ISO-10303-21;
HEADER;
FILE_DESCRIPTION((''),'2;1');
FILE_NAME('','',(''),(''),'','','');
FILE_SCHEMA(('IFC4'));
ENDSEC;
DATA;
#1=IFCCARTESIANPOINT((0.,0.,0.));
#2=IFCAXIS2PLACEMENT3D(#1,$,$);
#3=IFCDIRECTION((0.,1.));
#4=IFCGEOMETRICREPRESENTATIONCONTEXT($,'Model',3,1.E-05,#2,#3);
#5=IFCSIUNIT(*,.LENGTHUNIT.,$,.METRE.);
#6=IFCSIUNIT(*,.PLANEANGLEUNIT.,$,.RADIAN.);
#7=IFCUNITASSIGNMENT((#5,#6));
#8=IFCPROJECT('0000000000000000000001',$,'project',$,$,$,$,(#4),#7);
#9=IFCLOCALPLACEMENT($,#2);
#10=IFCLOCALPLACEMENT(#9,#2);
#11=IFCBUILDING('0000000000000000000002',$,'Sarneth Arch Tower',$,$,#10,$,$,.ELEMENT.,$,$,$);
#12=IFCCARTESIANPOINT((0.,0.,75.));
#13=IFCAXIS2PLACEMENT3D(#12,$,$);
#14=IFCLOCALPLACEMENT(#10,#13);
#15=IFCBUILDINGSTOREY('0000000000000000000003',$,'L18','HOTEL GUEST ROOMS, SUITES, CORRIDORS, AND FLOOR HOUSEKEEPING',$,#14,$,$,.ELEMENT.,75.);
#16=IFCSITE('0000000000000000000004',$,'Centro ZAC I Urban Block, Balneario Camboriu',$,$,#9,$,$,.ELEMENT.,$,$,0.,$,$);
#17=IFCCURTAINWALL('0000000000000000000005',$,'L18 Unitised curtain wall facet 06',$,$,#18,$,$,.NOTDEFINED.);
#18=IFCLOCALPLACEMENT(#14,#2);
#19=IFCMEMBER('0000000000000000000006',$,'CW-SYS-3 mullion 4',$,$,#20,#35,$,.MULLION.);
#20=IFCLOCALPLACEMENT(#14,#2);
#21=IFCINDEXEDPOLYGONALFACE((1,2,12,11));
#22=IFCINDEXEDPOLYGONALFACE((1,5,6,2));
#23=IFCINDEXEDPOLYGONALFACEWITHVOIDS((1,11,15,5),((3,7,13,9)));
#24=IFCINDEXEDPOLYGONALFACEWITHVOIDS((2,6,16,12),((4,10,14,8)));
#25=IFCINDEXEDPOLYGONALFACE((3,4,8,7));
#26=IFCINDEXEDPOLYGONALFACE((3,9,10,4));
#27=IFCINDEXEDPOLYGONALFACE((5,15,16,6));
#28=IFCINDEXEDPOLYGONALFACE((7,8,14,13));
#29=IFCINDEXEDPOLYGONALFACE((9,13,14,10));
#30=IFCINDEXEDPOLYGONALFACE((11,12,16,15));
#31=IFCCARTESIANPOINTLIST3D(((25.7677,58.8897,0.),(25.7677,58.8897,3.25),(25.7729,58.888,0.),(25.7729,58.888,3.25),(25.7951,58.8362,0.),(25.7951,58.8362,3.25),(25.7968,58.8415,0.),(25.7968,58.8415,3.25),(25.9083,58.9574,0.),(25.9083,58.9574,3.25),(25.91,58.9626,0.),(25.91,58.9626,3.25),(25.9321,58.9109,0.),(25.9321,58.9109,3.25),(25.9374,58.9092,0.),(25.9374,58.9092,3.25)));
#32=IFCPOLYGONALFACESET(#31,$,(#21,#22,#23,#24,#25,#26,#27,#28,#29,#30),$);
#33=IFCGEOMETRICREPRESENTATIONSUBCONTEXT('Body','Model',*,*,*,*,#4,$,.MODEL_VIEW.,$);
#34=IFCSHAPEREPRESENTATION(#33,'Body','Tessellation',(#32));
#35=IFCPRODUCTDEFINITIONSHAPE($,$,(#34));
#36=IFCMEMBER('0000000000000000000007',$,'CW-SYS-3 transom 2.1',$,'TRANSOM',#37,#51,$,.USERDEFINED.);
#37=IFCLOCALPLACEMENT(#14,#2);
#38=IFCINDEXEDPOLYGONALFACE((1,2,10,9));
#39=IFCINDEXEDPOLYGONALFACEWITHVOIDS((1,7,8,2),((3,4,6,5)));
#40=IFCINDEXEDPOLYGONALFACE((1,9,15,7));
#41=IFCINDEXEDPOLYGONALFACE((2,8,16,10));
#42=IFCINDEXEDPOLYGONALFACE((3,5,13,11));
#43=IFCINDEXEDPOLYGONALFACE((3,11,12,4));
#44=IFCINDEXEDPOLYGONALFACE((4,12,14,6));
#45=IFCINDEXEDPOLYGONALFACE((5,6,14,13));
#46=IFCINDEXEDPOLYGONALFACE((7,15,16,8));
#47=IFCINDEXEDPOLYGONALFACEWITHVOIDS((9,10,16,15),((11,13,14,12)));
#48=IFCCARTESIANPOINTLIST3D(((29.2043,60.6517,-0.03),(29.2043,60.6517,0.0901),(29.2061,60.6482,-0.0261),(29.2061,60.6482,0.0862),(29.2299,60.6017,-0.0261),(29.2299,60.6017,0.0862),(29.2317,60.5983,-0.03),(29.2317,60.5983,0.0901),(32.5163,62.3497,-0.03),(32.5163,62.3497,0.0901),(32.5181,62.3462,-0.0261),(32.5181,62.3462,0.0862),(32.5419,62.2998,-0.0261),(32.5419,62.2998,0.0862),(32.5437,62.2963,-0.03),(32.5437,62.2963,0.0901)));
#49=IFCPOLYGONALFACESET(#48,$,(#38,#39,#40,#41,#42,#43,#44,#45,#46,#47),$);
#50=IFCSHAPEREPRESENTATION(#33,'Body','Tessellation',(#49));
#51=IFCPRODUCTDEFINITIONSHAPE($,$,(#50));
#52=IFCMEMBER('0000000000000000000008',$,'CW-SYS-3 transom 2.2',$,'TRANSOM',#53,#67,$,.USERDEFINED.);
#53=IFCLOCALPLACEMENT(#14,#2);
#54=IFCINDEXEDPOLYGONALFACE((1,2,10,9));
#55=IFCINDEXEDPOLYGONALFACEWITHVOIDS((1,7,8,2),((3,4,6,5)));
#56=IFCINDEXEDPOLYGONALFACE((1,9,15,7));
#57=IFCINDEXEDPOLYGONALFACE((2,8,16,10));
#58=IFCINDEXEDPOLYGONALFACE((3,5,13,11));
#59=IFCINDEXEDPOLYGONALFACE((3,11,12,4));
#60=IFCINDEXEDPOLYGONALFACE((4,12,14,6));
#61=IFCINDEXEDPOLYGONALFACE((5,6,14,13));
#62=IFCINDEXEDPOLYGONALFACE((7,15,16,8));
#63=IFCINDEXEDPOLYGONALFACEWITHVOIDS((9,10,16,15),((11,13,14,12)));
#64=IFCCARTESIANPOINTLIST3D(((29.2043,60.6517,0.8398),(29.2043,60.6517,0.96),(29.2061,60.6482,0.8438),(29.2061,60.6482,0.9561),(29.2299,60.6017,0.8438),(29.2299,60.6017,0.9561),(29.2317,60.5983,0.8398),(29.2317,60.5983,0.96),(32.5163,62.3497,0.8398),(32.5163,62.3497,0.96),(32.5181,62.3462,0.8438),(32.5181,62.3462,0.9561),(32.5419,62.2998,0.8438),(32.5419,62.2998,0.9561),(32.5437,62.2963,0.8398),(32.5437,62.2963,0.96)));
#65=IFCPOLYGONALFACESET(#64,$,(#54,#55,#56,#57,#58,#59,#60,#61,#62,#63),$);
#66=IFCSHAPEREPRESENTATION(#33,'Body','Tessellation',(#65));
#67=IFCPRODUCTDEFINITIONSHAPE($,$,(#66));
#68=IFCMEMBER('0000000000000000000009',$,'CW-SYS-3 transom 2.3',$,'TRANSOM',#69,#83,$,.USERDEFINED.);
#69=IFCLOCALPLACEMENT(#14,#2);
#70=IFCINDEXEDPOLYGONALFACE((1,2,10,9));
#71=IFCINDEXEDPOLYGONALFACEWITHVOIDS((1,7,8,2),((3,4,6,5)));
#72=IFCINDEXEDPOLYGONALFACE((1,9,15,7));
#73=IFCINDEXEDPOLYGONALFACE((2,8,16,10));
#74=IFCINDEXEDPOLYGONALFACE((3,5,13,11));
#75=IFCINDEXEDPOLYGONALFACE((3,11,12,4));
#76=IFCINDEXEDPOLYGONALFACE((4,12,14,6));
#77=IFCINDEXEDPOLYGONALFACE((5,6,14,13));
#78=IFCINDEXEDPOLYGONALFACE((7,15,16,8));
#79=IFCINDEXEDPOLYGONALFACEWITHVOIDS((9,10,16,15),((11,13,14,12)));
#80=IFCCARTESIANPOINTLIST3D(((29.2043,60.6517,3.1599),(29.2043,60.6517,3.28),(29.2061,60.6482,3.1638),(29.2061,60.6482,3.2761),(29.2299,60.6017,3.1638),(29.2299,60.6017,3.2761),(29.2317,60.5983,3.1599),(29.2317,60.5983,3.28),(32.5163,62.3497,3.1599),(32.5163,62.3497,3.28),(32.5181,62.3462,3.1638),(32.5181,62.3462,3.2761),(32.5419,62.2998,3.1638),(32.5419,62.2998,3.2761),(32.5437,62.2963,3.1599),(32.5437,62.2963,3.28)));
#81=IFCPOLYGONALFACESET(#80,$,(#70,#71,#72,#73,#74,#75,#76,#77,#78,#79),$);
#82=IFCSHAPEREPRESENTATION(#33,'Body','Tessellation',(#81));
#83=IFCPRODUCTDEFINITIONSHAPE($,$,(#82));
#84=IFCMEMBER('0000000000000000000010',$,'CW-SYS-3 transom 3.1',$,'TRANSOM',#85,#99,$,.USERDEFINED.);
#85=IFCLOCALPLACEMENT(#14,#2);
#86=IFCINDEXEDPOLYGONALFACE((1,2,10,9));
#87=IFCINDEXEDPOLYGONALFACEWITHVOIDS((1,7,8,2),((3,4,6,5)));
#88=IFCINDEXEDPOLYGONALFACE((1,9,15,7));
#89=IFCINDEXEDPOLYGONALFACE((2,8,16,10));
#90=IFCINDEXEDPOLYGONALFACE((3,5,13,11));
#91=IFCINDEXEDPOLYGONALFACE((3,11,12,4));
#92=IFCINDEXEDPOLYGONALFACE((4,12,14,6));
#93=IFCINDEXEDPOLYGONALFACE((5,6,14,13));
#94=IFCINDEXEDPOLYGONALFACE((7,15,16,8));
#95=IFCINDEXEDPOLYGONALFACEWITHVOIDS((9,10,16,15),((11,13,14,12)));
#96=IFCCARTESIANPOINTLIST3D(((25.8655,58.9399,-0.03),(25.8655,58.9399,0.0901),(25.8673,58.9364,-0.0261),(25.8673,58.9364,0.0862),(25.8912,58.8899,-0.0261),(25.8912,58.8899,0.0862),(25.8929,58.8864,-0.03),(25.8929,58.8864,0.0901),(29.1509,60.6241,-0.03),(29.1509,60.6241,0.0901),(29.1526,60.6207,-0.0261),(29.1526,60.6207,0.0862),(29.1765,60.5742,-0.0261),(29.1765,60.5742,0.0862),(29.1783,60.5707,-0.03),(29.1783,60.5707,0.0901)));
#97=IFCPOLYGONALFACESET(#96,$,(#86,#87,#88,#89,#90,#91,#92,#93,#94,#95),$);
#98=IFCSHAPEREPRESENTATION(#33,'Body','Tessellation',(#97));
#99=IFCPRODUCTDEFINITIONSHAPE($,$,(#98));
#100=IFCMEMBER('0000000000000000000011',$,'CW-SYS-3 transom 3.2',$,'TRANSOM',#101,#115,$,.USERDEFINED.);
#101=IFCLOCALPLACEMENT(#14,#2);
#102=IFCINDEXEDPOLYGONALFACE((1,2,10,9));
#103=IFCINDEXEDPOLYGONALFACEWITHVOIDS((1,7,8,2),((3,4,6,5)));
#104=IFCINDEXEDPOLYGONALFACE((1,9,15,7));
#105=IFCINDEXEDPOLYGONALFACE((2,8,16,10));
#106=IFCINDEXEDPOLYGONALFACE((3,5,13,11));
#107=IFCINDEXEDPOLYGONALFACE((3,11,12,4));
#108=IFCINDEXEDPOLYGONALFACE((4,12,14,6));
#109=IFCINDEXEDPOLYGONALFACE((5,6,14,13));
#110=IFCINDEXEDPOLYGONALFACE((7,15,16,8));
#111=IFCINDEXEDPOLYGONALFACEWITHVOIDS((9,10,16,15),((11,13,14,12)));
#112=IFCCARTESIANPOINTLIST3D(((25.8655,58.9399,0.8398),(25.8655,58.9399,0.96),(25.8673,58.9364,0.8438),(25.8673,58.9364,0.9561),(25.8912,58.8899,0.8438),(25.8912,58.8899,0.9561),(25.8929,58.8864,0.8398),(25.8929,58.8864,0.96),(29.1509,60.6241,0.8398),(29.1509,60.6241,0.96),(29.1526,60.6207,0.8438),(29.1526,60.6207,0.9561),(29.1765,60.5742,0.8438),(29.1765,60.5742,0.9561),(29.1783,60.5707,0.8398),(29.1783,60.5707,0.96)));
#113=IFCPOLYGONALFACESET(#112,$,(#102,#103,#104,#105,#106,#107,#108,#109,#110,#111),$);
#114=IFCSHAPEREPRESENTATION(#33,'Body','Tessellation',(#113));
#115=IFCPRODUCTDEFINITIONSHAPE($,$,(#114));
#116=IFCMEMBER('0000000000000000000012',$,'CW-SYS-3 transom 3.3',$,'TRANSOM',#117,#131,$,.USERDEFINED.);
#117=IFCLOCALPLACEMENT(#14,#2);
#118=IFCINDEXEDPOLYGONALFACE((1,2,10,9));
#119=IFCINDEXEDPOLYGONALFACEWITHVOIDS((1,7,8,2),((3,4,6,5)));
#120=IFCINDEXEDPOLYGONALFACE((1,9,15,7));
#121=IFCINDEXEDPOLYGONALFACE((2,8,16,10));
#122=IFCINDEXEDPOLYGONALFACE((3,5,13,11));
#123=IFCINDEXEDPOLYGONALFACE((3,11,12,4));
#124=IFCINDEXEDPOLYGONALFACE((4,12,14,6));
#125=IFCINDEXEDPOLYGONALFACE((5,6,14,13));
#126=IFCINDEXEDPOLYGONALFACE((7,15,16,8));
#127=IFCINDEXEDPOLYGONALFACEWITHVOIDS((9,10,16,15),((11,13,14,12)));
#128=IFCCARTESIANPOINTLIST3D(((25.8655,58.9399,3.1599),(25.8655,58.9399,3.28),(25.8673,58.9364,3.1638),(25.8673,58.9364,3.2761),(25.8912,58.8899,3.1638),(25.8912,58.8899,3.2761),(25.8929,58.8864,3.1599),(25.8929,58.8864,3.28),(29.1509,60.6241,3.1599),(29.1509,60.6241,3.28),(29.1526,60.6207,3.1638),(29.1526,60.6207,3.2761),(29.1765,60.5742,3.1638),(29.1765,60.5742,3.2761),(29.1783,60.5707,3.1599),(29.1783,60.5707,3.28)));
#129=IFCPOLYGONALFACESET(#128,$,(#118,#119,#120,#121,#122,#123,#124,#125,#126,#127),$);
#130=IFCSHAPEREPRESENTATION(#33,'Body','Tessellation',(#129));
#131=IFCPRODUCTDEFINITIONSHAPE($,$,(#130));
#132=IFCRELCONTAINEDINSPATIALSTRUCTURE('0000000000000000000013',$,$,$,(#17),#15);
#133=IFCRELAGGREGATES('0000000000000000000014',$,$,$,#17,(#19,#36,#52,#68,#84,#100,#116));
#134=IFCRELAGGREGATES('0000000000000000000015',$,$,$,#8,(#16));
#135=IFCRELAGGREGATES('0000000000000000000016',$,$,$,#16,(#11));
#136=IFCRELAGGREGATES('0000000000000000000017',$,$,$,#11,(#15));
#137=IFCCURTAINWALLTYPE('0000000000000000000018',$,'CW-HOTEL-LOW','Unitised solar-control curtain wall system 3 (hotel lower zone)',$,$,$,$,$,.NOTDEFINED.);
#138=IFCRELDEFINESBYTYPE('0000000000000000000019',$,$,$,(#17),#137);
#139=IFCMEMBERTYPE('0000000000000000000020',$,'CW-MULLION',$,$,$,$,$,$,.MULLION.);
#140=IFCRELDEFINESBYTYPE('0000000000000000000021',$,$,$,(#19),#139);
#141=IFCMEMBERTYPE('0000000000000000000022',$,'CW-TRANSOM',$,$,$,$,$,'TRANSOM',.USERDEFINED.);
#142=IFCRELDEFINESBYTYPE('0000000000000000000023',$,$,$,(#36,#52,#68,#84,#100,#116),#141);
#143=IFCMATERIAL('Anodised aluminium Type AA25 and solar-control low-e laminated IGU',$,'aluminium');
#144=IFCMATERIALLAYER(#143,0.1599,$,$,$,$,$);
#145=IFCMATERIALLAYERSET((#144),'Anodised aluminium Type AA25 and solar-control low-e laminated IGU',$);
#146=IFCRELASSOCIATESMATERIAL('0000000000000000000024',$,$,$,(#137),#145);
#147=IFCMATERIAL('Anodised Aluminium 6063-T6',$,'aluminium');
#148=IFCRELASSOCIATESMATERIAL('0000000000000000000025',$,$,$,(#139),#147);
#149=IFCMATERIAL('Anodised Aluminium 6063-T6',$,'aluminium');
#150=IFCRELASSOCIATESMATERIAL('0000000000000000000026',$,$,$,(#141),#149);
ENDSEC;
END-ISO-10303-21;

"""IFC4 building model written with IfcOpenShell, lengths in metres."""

from ifc_helpers import new_model, si_unit, direction, frame, origin, origin_2d, place, context, subcontext, project, spatial, hollow_rectangle, extrude, material, layer, layer_set, material_profile, profile_set, type_object, element, aggregate, save


model = new_model("IFC4")

# Units and contexts
model_context = context("Model", 3, precision=1e-05, world=origin(), true_north=direction((0.0, 1.0)))
body_context = subcontext(model_context, "Body", "Model", "MODEL_VIEW")
ifc_project = project(units=[si_unit("LENGTHUNIT", "METRE"), si_unit("PLANEANGLEUNIT", "RADIAN")], contexts=[model_context])

# Site, building, storey
site_placement = place(None, origin())
site = spatial("IfcSite", under=ifc_project, at=site_placement, Name="Centro ZAC I Urban Block, Balneario Camboriu", CompositionType="ELEMENT", RefElevation=0.0)
building_placement = place(site_placement, origin())
building = spatial("IfcBuilding", under=site, at=building_placement, Name="Sarneth Arch Tower", CompositionType="ELEMENT")
storey_placement = place(building_placement, frame((0.0, 0.0, 75.0)))
storey = spatial("IfcBuildingStorey", under=building, at=storey_placement, Name="L18", Description="HOTEL GUEST ROOMS, SUITES, CORRIDORS, AND FLOOR HOUSEKEEPING", CompositionType="ELEMENT", Elevation=75.0)

# Curtain wall, members
ifc_material_1 = material(Name="Anodised aluminium Type AA25 and solar-control low-e laminated IGU", Category="aluminium")
ifc_layer_1 = layer(ifc_material_1, 0.1599)
ifc_layer_set_1 = layer_set([ifc_layer_1], Name="Anodised aluminium Type AA25 and solar-control low-e laminated IGU")
curtain_wall_type = type_object("IfcCurtainWallType", Name="CW-HOTEL-LOW", Description="Unitised solar-control curtain wall system 3 (hotel lower zone)", PredefinedType="NOTDEFINED", material=ifc_layer_set_1)
curtain_wall_placement = place(storey_placement, origin())
curtain_wall = element("IfcCurtainWall", 1, at=curtain_wall_placement, inside=storey, type_object=curtain_wall_type, Name="L18 Unitised curtain wall facet 06", PredefinedType="NOTDEFINED")
ifc_material_2 = material(Name="Anodised Aluminium 6063-T6", Category="aluminium")
ifc_material_profile_1 = material_profile(ifc_material_2, hollow_rectangle(XDim=0.0601, YDim=0.1599, WallThickness=0.0039, at=origin_2d()), Name="AL-MULL-160x60x4")
ifc_profile_set_1 = profile_set([ifc_material_profile_1], Name="Anodised Aluminium 6063-T6")
member_type_1 = type_object("IfcMemberType", Name="CW-MULLION", PredefinedType="MULLION", material=ifc_profile_set_1)
member_1_placement = place(storey_placement, frame((25.8525, 58.8994, 0.0), z_axis=(0.0, 0.0, 1.0), x_axis=(0.456245, -0.889854, 0.0)))
member_1 = element("IfcMember", 2, at=member_1_placement, type_object=member_type_1, Name="CW-SYS-3 mullion 4", PredefinedType="MULLION", context=body_context, shape_type="SweptSolid", body=[
    extrude(hollow_rectangle(XDim=0.0601, YDim=0.1599, WallThickness=0.0039, at=origin_2d()), origin(), (0.0, 0.0, 1.0), 3.25),
])
ifc_material_3 = material(Name="Anodised Aluminium 6063-T6", Category="aluminium")
ifc_material_profile_2 = material_profile(ifc_material_3, hollow_rectangle(XDim=0.0601, YDim=0.1201, WallThickness=0.0039, at=origin_2d()), Name="AL-TRAN-120x60x4")
ifc_profile_set_2 = profile_set([ifc_material_profile_2], Name="Anodised Aluminium 6063-T6")
member_type_2 = type_object("IfcMemberType", Name="CW-TRANSOM", ElementType="TRANSOM", PredefinedType="USERDEFINED", material=ifc_profile_set_2)
member_2_placement = place(storey_placement, frame((32.53, 62.323, 0.03), z_axis=(-0.889869, -0.456217, 0.0), x_axis=(0.456217, -0.889869, 0.0)))
member_2 = element("IfcMember", 3, at=member_2_placement, type_object=member_type_2, Name="CW-SYS-3 transom 2.1", ObjectType="TRANSOM", PredefinedType="USERDEFINED", context=body_context, shape_type="SweptSolid", body=[
    extrude(hollow_rectangle(XDim=0.0601, YDim=0.1201, WallThickness=0.0039, at=origin_2d()), origin(), (0.0, 0.0, 1.0), 3.7219),
])
member_3_placement = place(storey_placement, frame((32.53, 62.323, 0.8999), z_axis=(-0.889869, -0.456217, 0.0), x_axis=(0.456217, -0.889869, 0.0)))
member_3 = element("IfcMember", 4, at=member_3_placement, type_object=member_type_2, Name="CW-SYS-3 transom 2.2", ObjectType="TRANSOM", PredefinedType="USERDEFINED", context=body_context, shape_type="SweptSolid", body=[
    extrude(hollow_rectangle(XDim=0.0601, YDim=0.1201, WallThickness=0.0039, at=origin_2d()), origin(), (0.0, 0.0, 1.0), 3.7219),
])
member_4_placement = place(storey_placement, frame((32.53, 62.323, 3.22), z_axis=(-0.889869, -0.456217, 0.0), x_axis=(0.456217, -0.889869, 0.0)))
member_4 = element("IfcMember", 5, at=member_4_placement, type_object=member_type_2, Name="CW-SYS-3 transom 2.3", ObjectType="TRANSOM", PredefinedType="USERDEFINED", context=body_context, shape_type="SweptSolid", body=[
    extrude(hollow_rectangle(XDim=0.0601, YDim=0.1201, WallThickness=0.0039, at=origin_2d()), origin(), (0.0, 0.0, 1.0), 3.7219),
])
member_5_placement = place(storey_placement, frame((29.1646, 60.5974, 0.03), z_axis=(-0.889872, -0.456211, 0.0), x_axis=(0.456211, -0.889872, 0.0)))
member_5 = element("IfcMember", 6, at=member_5_placement, type_object=member_type_2, Name="CW-SYS-3 transom 3.1", ObjectType="TRANSOM", PredefinedType="USERDEFINED", context=body_context, shape_type="SweptSolid", body=[
    extrude(hollow_rectangle(XDim=0.0601, YDim=0.1201, WallThickness=0.0039, at=origin_2d()), origin(), (0.0, 0.0, 1.0), 3.6919),
])
member_6_placement = place(storey_placement, frame((29.1646, 60.5974, 0.8999), z_axis=(-0.889872, -0.456211, 0.0), x_axis=(0.456211, -0.889872, 0.0)))
member_6 = element("IfcMember", 7, at=member_6_placement, type_object=member_type_2, Name="CW-SYS-3 transom 3.2", ObjectType="TRANSOM", PredefinedType="USERDEFINED", context=body_context, shape_type="SweptSolid", body=[
    extrude(hollow_rectangle(XDim=0.0601, YDim=0.1201, WallThickness=0.0039, at=origin_2d()), origin(), (0.0, 0.0, 1.0), 3.6919),
])
member_7_placement = place(storey_placement, frame((29.1646, 60.5974, 3.22), z_axis=(-0.889872, -0.456211, 0.0), x_axis=(0.456211, -0.889872, 0.0)))
member_7 = element("IfcMember", 8, at=member_7_placement, type_object=member_type_2, Name="CW-SYS-3 transom 3.3", ObjectType="TRANSOM", PredefinedType="USERDEFINED", context=body_context, shape_type="SweptSolid", body=[
    extrude(hollow_rectangle(XDim=0.0601, YDim=0.1201, WallThickness=0.0039, at=origin_2d()), origin(), (0.0, 0.0, 1.0), 3.6919),
])

aggregate(curtain_wall, [member_1, member_2, member_3, member_4, member_5, member_6, member_7])

save(model, "model.ifc")
